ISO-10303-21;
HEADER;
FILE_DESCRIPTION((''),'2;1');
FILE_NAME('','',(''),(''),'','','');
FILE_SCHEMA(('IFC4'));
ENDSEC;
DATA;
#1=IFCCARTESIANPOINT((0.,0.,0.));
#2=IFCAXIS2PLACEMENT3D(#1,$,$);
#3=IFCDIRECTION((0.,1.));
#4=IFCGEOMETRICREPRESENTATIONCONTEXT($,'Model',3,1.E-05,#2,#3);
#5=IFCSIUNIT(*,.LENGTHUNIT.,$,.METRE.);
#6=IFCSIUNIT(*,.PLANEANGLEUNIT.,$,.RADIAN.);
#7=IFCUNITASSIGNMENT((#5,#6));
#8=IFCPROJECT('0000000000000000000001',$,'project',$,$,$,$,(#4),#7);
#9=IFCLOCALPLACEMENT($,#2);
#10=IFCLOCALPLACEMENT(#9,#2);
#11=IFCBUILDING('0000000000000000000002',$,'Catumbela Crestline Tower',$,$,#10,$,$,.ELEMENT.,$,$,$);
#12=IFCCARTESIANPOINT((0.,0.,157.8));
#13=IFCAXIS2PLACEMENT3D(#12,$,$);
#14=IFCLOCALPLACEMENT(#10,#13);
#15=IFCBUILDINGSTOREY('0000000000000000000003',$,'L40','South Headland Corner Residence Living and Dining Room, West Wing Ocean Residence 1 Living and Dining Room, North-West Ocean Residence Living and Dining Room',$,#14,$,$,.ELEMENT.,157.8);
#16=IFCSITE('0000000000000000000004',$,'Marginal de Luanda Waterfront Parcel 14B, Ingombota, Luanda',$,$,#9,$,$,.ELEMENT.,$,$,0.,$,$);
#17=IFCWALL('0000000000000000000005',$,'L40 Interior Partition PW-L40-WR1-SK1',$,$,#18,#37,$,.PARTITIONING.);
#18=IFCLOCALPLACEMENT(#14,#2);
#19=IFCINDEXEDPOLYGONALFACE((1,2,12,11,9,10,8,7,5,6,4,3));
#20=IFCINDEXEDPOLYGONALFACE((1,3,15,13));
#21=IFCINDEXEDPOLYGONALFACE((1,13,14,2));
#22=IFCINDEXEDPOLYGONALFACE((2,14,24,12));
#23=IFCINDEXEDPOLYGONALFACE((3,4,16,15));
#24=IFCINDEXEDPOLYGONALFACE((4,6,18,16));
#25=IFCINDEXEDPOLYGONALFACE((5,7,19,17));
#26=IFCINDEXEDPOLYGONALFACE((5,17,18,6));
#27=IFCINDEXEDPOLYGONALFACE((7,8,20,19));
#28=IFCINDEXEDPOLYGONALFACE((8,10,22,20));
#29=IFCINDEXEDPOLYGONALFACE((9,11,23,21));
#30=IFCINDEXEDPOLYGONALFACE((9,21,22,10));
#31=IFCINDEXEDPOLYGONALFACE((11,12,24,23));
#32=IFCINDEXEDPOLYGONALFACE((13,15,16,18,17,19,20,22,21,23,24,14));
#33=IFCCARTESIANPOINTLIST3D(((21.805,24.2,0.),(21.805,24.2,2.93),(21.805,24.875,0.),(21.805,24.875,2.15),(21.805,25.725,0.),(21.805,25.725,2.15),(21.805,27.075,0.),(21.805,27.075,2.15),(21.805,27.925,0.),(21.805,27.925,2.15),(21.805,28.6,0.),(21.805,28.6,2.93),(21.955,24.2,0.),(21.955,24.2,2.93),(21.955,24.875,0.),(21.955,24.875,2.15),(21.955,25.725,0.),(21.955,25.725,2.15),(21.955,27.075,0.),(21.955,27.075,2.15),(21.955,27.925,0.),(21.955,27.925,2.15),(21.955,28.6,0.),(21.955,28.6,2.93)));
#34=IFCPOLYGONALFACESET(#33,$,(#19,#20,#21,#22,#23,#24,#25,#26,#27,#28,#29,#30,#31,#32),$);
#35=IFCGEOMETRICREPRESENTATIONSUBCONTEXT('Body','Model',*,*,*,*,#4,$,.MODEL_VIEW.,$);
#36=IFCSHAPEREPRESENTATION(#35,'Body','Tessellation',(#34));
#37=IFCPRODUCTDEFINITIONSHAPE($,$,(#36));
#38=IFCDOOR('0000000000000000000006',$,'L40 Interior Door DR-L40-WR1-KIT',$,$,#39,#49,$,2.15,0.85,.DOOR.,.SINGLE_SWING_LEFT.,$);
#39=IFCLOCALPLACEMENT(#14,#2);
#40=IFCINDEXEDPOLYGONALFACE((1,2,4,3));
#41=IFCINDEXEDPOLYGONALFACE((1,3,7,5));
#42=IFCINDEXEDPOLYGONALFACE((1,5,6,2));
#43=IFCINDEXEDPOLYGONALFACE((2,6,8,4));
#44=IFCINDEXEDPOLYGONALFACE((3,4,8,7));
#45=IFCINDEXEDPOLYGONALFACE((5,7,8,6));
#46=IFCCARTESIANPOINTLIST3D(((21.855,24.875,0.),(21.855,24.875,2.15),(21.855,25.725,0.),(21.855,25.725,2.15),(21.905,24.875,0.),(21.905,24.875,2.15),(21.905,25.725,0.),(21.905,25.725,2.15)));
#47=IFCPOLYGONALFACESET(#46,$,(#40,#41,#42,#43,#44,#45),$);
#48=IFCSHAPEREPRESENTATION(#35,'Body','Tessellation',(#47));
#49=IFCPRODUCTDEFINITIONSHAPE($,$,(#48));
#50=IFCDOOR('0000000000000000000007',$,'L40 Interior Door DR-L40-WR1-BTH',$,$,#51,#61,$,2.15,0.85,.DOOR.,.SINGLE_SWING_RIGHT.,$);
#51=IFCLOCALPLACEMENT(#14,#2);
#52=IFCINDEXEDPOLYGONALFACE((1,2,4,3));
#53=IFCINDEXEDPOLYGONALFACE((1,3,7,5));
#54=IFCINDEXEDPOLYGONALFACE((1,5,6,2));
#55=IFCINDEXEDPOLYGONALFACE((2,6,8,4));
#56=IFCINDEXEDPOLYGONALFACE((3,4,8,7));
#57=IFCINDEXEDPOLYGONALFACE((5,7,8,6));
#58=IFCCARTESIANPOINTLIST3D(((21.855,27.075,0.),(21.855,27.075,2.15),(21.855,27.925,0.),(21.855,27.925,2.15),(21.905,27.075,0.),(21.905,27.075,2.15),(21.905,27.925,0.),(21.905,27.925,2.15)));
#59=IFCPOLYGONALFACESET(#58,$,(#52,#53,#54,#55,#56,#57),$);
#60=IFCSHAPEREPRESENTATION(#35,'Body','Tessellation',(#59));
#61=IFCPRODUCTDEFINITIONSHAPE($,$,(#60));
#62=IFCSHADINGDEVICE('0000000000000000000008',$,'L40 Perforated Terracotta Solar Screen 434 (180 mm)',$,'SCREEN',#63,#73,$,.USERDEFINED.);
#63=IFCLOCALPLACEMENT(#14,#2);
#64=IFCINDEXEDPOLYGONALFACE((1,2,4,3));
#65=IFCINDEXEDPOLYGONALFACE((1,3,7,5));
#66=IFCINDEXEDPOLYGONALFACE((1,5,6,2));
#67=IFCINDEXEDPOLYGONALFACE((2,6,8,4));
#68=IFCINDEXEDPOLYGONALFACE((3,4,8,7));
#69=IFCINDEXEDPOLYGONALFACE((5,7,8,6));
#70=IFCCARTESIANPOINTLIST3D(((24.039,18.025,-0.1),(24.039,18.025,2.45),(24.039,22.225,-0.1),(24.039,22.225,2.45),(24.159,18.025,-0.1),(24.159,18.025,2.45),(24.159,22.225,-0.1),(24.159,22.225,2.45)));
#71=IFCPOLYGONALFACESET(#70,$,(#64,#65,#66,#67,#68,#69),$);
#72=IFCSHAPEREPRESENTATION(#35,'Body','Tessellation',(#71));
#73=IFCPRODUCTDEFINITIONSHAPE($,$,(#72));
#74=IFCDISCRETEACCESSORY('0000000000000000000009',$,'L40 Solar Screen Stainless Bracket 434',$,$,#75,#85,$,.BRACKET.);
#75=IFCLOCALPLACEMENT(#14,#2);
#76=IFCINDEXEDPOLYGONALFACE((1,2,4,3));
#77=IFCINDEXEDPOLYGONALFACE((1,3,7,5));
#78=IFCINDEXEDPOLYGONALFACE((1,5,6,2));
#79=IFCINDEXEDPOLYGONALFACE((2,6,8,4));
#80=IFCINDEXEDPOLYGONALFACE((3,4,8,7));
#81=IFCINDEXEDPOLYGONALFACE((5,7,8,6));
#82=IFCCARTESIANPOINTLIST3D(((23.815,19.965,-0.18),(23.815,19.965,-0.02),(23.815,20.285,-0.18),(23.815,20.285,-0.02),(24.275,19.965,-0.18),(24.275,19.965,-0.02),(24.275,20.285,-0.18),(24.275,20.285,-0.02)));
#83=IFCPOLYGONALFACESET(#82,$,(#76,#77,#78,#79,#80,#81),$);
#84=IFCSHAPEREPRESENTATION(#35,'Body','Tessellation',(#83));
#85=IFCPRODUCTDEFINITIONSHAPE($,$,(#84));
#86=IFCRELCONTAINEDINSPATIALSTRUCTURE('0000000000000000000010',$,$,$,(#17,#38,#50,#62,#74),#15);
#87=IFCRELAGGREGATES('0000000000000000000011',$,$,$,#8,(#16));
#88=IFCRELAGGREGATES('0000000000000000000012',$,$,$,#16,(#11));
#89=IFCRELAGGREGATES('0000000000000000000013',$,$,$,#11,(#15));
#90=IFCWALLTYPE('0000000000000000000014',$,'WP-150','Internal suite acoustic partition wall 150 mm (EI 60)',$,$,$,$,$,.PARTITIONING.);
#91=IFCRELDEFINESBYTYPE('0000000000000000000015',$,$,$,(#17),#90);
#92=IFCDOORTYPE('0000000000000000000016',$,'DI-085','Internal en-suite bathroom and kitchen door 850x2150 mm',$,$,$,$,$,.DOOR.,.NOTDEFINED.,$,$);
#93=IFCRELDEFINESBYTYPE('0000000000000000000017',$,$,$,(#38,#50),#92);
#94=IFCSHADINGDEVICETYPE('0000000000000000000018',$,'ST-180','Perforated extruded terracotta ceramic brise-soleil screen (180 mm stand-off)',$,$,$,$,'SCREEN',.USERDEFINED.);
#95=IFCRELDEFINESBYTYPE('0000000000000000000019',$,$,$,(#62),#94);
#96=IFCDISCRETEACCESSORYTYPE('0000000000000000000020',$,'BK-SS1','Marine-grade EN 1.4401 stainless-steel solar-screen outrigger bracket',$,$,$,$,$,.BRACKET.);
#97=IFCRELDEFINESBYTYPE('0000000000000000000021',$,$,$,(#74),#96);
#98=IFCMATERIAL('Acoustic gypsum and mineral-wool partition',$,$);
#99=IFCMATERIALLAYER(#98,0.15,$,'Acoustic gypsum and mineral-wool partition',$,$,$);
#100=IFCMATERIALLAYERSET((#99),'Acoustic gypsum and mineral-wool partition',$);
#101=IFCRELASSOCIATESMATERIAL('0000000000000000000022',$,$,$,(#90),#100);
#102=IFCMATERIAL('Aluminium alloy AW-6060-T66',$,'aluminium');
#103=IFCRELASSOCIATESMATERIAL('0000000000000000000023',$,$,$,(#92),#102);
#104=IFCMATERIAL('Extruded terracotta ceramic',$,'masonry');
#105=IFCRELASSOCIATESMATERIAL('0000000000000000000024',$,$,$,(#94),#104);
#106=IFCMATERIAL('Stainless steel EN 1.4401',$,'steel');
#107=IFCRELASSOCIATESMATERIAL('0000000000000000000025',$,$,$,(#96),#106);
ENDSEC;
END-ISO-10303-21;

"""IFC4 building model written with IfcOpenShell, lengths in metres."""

from ifc_helpers import new_model, si_unit, direction, frame, frame_2d, origin, origin_2d, place, context, subcontext, project, spatial, rectangle, extrude, material, layer, layer_set, type_object, element, fill, save


model = new_model("IFC4")

# Units and contexts
model_context = context("Model", 3, precision=1e-05, world=origin(), true_north=direction((0.0, 1.0)))
body_context = subcontext(model_context, "Body", "Model", "MODEL_VIEW")
ifc_project = project(units=[si_unit("LENGTHUNIT", "METRE"), si_unit("PLANEANGLEUNIT", "RADIAN")], contexts=[model_context])

# Site, building, storey
site_placement = place(None, origin())
site = spatial("IfcSite", under=ifc_project, at=site_placement, Name="Marginal de Luanda Waterfront Parcel 14B, Ingombota, Luanda", CompositionType="ELEMENT", RefElevation=0.0)
building_placement = place(site_placement, origin())
building = spatial("IfcBuilding", under=site, at=building_placement, Name="Catumbela Crestline Tower", CompositionType="ELEMENT")
storey_placement = place(building_placement, frame((0.0, 0.0, 157.8)))
storey = spatial("IfcBuildingStorey", under=building, at=storey_placement, Name="L40", Description="South Headland Corner Residence Living and Dining Room, West Wing Ocean Residence 1 Living and Dining Room, North-West Ocean Residence Living and Dining Room", CompositionType="ELEMENT", Elevation=157.8)

# Shared definitions
ifc_material_1 = material(Name="Aluminium alloy AW-6060-T66", Category="aluminium")

# Shared definitions
ifc_material_2 = material(Name="Acoustic gypsum and mineral-wool partition")
ifc_layer_1 = layer(ifc_material_2, 0.15, Name="Acoustic gypsum and mineral-wool partition")
ifc_layer_set_1 = layer_set([ifc_layer_1], Name="Acoustic gypsum and mineral-wool partition")
wall_type_1 = type_object("IfcWallType", Name="WP-150", Description="Internal suite acoustic partition wall 150 mm (EI 60)", PredefinedType="PARTITIONING", material=ifc_layer_set_1)

# Wall, openings, doors
door_type_1 = type_object("IfcDoorType", Name="DI-085", Description="Internal en-suite bathroom and kitchen door 850x2150 mm", OperationType="NOTDEFINED", PredefinedType="DOOR", material=ifc_material_1)
wall_1_placement = place(storey_placement, frame((21.88, 24.2, 0.0), z_axis=(0.0, 0.0, 1.0), x_axis=(0.0, 1.0, 0.0)))
wall_1 = element("IfcWall", 1, at=wall_1_placement, inside=storey, type_object=wall_type_1, Name="L40 Interior Partition PW-L40-WR1-SK1", PredefinedType="PARTITIONING", context=body_context, shape_type="SweptSolid", body=[
    extrude(rectangle(XDim=4.4, YDim=0.15, at=frame_2d((2.2, 0.0))), origin(), (0.0, 0.0, 1.0), 2.93),
])
opening_1_placement = place(wall_1_placement, frame((0.675, 0.0, 0.0)))
opening_1 = element("IfcOpeningElement", 2, at=opening_1_placement, cuts=wall_1, PredefinedType="OPENING", context=body_context, shape_type="SweptSolid", body=[
    extrude(rectangle(XDim=0.85, YDim=2.15, at=frame_2d((0.425, 1.075))), frame((0.0, 0.085, 0.0), z_axis=(0.0, -1.0, 0.0), x_axis=(1.0, 0.0, 0.0)), (0.0, 0.0, 1.0), 0.17),
])
opening_2_placement = place(wall_1_placement, frame((2.875, 0.0, 0.0)))
opening_2 = element("IfcOpeningElement", 3, at=opening_2_placement, cuts=wall_1, PredefinedType="OPENING", context=body_context, shape_type="SweptSolid", body=[
    extrude(rectangle(XDim=0.85, YDim=2.15, at=frame_2d((0.425, 1.075))), frame((0.0, 0.085, 0.0), z_axis=(0.0, -1.0, 0.0), x_axis=(1.0, 0.0, 0.0)), (0.0, 0.0, 1.0), 0.17),
])
door_1_placement = place(opening_1_placement, origin())
door_1 = element("IfcDoor", 4, at=door_1_placement, inside=storey, type_object=door_type_1, Name="L40 Interior Door DR-L40-WR1-KIT", OperationType="SINGLE_SWING_LEFT", OverallHeight=2.15, OverallWidth=0.85, PredefinedType="DOOR", context=body_context, shape_type="SweptSolid", body=[
    extrude(rectangle(XDim=0.85, YDim=2.15, at=frame_2d((0.425, 1.075))), frame((0.0, 0.025, 0.0), z_axis=(0.0, -1.0, 0.0), x_axis=(1.0, 0.0, 0.0)), (0.0, 0.0, 1.0), 0.05),
])
fill(opening_1, door_1)
door_2_placement = place(opening_2_placement, origin())
door_2 = element("IfcDoor", 5, at=door_2_placement, inside=storey, type_object=door_type_1, Name="L40 Interior Door DR-L40-WR1-BTH", OperationType="SINGLE_SWING_RIGHT", OverallHeight=2.15, OverallWidth=0.85, PredefinedType="DOOR", context=body_context, shape_type="SweptSolid", body=[
    extrude(rectangle(XDim=0.85, YDim=2.15, at=frame_2d((0.425, 1.075))), frame((0.0, 0.025, 0.0), z_axis=(0.0, -1.0, 0.0), x_axis=(1.0, 0.0, 0.0)), (0.0, 0.0, 1.0), 0.05),
])
fill(opening_2, door_2)

# Shared definitions
ifc_material_3 = material(Name="Stainless steel EN 1.4401", Category="steel")

# Shading device
ifc_material_4 = material(Name="Extruded terracotta ceramic", Category="masonry")
shading_device_type = type_object("IfcShadingDeviceType", Name="ST-180", Description="Perforated extruded terracotta ceramic brise-soleil screen (180 mm stand-off)", ElementType="SCREEN", PredefinedType="USERDEFINED", material=ifc_material_4)
shading_device_placement = place(storey_placement, frame((24.099, 20.125, -0.1), z_axis=(0.0, 0.0, 1.0), x_axis=(0.0, 1.0, 0.0)))
element("IfcShadingDevice", 6, at=shading_device_placement, inside=storey, type_object=shading_device_type, Name="L40 Perforated Terracotta Solar Screen 434 (180 mm)", ObjectType="SCREEN", PredefinedType="USERDEFINED", context=body_context, shape_type="SweptSolid", body=[
    extrude(rectangle(XDim=4.2, YDim=0.12, at=origin_2d()), origin(), (0.0, 0.0, 1.0), 2.55),
])

# Discrete accessory
discrete_accessory_type = type_object("IfcDiscreteAccessoryType", Name="BK-SS1", Description="Marine-grade EN 1.4401 stainless-steel solar-screen outrigger bracket", PredefinedType="BRACKET", material=ifc_material_3)
discrete_accessory_placement = place(storey_placement, frame((24.045, 20.125, -0.18), z_axis=(0.0, 0.0, 1.0), x_axis=(0.0, 1.0, 0.0)))
element("IfcDiscreteAccessory", 7, at=discrete_accessory_placement, inside=storey, type_object=discrete_accessory_type, Name="L40 Solar Screen Stainless Bracket 434", PredefinedType="BRACKET", context=body_context, shape_type="SweptSolid", body=[
    extrude(rectangle(XDim=0.32, YDim=0.46, at=origin_2d()), origin(), (0.0, 0.0, 1.0), 0.16),
])

save(model, "model.ifc")
